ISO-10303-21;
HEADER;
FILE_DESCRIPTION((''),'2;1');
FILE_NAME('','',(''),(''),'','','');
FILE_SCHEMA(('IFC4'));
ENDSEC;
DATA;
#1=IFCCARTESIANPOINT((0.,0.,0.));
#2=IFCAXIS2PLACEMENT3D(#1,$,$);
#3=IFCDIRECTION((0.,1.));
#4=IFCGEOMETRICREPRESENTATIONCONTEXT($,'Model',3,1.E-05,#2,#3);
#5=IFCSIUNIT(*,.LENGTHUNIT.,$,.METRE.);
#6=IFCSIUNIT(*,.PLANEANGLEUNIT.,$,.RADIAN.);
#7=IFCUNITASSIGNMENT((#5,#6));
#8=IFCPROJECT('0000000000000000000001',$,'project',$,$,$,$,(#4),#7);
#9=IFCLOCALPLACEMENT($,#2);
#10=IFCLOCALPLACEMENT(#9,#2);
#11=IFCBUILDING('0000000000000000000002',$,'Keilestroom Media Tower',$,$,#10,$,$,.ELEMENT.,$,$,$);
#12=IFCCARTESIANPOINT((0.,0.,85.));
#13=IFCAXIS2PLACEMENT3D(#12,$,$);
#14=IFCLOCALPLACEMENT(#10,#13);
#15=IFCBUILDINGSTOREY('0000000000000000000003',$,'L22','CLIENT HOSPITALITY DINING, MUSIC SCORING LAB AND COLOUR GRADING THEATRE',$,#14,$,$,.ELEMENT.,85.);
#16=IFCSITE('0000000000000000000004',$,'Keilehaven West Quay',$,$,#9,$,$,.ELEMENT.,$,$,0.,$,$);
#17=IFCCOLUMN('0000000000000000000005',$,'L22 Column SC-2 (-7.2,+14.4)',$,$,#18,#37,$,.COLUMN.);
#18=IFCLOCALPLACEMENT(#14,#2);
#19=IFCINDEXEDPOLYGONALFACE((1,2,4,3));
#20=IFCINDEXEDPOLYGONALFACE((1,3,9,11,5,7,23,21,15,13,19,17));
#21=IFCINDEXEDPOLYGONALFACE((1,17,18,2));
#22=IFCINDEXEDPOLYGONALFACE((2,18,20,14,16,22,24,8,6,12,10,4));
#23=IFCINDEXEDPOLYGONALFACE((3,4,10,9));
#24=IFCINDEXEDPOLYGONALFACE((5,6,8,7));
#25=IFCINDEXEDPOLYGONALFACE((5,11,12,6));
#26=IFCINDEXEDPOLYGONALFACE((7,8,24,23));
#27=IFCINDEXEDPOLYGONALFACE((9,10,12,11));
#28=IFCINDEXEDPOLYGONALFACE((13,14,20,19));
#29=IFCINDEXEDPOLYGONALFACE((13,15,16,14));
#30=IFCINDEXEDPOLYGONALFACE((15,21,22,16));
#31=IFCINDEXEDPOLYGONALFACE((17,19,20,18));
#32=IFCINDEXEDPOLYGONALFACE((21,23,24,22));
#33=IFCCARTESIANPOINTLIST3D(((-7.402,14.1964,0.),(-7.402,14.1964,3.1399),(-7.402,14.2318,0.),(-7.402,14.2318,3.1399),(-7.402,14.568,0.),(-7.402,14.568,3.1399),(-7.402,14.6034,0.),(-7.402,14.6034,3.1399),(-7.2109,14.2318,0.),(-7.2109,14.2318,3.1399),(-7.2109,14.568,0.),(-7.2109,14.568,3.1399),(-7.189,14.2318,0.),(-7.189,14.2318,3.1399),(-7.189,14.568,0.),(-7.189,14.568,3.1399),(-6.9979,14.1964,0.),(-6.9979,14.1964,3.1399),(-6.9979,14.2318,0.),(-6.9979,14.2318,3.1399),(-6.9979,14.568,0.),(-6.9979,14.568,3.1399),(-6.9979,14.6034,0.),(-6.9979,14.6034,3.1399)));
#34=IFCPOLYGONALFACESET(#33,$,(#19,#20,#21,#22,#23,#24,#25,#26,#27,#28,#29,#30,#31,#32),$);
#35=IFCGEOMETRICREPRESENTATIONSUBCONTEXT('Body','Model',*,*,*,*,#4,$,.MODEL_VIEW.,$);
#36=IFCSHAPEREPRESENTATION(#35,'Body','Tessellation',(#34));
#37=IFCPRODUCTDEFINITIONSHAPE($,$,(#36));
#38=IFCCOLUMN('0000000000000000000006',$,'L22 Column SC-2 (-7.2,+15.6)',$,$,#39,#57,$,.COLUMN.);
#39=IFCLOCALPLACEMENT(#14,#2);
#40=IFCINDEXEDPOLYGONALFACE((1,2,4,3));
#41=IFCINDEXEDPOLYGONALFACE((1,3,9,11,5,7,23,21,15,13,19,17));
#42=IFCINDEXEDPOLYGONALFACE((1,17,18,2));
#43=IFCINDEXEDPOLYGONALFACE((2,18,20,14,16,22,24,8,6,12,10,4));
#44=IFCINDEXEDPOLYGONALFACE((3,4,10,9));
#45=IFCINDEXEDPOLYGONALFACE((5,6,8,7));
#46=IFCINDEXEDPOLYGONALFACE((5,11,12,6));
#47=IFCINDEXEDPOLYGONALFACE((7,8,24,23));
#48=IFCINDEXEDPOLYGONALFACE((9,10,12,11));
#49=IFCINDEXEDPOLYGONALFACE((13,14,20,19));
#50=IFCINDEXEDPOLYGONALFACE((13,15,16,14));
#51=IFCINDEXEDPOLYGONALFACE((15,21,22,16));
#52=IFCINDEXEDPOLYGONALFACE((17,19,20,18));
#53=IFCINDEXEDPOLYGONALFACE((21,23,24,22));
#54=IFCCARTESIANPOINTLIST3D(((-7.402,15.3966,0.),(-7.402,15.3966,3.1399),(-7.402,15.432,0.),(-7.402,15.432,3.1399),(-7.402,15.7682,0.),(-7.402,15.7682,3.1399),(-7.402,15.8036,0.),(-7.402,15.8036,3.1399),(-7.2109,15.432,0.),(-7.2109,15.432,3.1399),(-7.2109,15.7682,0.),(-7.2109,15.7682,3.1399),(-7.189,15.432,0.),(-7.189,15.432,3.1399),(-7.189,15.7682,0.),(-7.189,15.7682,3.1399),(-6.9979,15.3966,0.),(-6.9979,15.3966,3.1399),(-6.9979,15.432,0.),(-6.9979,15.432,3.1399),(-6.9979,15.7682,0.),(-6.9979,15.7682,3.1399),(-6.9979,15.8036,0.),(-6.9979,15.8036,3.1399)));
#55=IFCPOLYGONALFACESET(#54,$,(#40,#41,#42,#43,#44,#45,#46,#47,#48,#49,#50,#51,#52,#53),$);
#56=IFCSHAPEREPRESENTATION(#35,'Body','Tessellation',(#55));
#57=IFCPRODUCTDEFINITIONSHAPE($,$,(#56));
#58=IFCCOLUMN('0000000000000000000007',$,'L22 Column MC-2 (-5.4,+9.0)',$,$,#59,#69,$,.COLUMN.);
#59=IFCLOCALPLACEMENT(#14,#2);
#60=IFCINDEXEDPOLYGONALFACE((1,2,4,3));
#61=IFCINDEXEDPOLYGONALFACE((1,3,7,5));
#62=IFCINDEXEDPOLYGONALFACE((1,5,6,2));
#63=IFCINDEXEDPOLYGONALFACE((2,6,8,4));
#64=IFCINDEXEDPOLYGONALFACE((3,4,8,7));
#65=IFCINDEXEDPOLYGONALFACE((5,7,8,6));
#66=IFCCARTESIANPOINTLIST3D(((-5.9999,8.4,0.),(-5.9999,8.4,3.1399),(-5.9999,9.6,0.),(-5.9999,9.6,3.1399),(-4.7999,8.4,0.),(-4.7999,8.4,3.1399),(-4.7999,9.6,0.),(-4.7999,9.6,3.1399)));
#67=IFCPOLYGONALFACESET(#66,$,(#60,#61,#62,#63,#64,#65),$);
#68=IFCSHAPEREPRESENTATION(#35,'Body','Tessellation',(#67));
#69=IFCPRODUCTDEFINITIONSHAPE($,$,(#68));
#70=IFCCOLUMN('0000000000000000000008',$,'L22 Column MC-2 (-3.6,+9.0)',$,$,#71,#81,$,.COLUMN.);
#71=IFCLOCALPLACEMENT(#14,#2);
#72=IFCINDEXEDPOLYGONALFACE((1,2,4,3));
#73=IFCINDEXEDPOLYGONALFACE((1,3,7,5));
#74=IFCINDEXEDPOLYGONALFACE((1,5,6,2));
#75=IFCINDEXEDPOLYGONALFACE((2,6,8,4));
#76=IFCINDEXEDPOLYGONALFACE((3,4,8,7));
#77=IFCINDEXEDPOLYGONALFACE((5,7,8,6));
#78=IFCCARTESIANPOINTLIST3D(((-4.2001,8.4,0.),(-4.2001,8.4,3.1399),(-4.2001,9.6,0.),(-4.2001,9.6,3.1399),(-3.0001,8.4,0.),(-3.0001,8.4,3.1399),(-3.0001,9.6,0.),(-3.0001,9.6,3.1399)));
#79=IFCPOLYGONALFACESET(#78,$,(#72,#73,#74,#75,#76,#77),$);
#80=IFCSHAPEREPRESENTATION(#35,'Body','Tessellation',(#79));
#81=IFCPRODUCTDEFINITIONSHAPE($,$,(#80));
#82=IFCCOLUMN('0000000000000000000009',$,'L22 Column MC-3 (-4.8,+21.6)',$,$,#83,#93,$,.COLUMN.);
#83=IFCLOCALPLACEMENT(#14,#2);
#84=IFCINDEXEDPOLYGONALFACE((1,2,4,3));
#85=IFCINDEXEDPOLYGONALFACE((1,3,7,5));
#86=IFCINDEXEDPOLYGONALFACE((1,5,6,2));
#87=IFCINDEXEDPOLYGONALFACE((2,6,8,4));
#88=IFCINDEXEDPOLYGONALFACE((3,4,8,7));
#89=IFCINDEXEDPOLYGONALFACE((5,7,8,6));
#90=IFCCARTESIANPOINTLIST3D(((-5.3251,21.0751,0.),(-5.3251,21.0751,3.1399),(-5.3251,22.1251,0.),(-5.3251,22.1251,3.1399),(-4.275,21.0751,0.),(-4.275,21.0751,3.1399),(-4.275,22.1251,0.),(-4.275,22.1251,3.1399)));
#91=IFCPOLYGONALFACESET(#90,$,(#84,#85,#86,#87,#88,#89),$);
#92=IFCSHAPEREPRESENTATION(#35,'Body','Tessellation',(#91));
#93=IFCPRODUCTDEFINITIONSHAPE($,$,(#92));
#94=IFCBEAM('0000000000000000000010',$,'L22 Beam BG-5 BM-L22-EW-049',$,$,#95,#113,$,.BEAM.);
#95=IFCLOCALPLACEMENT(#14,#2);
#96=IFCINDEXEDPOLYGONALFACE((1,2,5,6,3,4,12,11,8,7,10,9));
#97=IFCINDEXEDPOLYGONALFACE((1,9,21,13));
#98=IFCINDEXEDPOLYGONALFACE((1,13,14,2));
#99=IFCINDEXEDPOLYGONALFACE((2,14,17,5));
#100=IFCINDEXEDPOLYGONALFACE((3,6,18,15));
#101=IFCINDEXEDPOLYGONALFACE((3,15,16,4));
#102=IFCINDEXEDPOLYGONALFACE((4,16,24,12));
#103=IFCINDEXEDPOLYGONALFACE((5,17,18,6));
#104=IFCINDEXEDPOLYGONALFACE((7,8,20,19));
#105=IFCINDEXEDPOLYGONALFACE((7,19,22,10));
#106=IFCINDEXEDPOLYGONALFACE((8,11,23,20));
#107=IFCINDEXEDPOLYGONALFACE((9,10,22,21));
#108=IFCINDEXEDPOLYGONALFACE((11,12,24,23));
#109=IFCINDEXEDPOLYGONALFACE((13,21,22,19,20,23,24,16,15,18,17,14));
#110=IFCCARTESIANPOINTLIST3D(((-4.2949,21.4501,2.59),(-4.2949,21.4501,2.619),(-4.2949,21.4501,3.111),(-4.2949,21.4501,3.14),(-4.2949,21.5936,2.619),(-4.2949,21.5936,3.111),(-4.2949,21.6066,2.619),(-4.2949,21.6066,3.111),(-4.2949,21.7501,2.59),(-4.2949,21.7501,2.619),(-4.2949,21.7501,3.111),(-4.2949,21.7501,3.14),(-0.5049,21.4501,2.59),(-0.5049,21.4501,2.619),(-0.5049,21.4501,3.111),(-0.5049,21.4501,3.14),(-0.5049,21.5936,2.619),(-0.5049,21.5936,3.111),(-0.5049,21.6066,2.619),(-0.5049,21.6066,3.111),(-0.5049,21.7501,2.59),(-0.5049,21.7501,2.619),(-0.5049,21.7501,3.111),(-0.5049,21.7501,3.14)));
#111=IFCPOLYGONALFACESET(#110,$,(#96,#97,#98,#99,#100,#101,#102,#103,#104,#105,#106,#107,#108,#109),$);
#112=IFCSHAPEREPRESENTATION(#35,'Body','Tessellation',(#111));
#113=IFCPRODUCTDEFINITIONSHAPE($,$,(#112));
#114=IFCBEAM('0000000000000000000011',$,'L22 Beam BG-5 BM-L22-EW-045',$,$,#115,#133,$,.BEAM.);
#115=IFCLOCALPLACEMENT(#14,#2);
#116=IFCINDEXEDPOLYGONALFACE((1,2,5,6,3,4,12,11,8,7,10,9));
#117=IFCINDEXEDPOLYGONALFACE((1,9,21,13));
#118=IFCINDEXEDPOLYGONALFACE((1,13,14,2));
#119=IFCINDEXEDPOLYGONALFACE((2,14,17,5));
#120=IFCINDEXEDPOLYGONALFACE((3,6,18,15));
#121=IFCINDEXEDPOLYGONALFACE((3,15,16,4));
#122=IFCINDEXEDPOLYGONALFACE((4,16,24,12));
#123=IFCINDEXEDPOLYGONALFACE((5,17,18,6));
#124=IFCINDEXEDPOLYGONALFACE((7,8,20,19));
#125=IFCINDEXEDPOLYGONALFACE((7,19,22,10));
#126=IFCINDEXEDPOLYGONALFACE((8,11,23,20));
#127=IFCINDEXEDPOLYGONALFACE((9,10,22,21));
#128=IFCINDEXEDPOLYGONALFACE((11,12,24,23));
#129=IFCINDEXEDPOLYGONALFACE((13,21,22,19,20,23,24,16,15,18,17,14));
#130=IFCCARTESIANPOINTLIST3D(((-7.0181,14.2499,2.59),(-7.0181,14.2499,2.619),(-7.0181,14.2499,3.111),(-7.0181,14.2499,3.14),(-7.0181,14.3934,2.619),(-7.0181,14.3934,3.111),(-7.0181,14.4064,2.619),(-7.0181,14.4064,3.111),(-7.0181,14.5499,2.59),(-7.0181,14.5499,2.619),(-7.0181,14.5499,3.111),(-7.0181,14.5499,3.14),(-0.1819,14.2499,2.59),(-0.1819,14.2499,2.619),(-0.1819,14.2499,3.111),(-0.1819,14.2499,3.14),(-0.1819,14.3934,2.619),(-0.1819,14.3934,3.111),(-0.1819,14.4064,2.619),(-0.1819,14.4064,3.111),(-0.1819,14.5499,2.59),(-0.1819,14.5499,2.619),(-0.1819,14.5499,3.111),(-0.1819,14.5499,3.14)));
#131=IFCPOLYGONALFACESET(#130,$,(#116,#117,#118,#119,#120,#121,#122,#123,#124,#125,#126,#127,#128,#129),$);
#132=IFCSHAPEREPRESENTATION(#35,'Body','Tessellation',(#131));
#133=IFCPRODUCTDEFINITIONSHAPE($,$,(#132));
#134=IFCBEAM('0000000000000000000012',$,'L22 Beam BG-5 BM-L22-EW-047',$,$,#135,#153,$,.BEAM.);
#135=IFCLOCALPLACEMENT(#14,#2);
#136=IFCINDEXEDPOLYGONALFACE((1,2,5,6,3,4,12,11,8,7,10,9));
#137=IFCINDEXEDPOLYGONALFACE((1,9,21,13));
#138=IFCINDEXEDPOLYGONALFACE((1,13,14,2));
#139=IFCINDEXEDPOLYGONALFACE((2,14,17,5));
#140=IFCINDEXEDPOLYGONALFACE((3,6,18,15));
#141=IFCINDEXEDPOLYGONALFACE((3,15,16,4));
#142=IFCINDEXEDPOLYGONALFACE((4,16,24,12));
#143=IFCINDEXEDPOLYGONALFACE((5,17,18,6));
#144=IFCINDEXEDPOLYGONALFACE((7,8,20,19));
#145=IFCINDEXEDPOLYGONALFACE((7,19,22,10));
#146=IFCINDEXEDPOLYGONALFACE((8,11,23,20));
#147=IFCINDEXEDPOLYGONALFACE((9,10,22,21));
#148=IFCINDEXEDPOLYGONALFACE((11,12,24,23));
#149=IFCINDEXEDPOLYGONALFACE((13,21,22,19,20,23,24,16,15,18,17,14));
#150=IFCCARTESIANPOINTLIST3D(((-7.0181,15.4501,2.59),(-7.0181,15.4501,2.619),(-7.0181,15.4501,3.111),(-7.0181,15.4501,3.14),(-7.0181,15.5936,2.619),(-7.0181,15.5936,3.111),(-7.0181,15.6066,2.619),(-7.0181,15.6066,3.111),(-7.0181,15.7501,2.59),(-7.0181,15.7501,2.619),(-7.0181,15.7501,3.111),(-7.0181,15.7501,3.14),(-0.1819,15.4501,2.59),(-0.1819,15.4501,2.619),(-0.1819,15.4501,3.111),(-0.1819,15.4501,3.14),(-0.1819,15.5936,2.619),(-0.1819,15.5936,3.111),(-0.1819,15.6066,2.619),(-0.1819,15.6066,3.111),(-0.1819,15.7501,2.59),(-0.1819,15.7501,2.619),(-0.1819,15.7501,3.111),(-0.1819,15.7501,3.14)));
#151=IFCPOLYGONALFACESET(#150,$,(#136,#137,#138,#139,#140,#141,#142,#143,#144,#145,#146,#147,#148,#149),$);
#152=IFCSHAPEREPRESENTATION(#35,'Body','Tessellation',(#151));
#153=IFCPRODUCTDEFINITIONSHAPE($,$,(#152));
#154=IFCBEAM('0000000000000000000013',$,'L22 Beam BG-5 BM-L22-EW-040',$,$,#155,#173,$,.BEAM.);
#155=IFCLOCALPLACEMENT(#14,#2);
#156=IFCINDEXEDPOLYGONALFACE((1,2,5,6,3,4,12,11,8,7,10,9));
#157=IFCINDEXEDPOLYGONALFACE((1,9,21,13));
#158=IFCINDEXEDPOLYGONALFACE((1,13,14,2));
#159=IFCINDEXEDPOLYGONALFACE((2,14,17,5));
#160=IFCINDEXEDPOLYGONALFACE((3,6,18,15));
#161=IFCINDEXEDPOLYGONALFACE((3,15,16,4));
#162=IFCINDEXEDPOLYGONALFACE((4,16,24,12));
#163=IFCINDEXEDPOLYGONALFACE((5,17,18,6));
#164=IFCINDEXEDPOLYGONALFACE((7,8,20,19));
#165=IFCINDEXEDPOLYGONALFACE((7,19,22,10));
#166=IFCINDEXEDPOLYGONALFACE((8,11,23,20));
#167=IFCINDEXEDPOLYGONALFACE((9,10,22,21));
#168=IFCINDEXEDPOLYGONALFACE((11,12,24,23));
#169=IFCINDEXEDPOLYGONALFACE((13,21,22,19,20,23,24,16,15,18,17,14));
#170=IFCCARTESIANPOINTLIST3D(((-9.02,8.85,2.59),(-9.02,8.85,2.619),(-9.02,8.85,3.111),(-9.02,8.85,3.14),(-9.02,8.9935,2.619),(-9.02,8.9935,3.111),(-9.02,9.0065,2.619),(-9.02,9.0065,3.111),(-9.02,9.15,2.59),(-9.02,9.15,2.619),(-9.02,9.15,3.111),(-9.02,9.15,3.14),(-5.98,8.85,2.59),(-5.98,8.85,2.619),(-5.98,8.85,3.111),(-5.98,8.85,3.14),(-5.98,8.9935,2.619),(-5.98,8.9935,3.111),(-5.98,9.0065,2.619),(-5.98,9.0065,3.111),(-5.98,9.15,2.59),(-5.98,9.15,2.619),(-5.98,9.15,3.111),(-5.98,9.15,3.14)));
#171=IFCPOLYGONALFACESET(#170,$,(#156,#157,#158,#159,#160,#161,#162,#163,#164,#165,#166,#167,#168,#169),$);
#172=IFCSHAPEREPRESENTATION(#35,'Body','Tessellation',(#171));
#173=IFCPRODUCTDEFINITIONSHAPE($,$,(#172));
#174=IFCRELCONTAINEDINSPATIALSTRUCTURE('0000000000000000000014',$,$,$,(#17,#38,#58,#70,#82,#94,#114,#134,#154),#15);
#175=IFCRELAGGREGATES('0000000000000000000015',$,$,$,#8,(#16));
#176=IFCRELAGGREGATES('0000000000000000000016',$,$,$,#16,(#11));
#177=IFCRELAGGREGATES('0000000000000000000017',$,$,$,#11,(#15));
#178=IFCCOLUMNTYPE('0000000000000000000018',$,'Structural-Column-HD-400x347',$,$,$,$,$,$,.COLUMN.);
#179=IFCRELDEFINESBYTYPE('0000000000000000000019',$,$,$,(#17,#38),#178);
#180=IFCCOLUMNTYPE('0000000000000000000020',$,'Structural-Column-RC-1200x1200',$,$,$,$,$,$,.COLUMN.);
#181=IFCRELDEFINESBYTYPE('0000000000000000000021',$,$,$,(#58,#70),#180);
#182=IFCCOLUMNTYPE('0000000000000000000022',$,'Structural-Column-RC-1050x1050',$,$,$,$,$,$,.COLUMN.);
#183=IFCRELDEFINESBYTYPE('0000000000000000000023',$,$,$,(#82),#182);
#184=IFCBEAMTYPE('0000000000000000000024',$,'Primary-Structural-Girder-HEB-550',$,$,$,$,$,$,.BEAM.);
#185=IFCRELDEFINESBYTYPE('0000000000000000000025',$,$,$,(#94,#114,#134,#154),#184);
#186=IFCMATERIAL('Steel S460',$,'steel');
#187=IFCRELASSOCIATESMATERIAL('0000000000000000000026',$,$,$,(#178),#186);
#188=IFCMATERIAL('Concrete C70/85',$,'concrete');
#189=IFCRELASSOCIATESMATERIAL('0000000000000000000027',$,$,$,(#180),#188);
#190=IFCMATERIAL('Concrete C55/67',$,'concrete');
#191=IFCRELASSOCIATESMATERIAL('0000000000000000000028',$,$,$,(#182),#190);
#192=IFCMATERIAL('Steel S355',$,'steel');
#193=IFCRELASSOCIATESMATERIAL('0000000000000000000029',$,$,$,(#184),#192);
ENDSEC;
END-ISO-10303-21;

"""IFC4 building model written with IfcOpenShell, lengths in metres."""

from ifc_helpers import new_model, si_unit, direction, frame, origin, origin_2d, place, context, subcontext, project, spatial, rectangle, i_section, extrude, source, transform, mapped, material, material_profile, profile_set, type_object, element, save


model = new_model("IFC4")

# Units and contexts
model_context = context("Model", 3, precision=1e-05, world=origin(), true_north=direction((0.0, 1.0)))
body_context = subcontext(model_context, "Body", "Model", "MODEL_VIEW")
ifc_project = project(units=[si_unit("LENGTHUNIT", "METRE"), si_unit("PLANEANGLEUNIT", "RADIAN")], contexts=[model_context])

# Site, building, storey
site_placement = place(None, origin())
site = spatial("IfcSite", under=ifc_project, at=site_placement, Name="Keilehaven West Quay", CompositionType="ELEMENT", RefElevation=0.0)
building_placement = place(site_placement, origin())
building = spatial("IfcBuilding", under=site, at=building_placement, Name="Keilestroom Media Tower", CompositionType="ELEMENT")
storey_placement = place(building_placement, frame((0.0, 0.0, 85.0)))
storey = spatial("IfcBuildingStorey", under=building, at=storey_placement, Name="L22", Description="CLIENT HOSPITALITY DINING, MUSIC SCORING LAB AND COLOUR GRADING THEATRE", CompositionType="ELEMENT", Elevation=85.0)

# Columns
ifc_material_1 = material(Name="Steel S460", Category="steel")
ifc_material_profile_1 = material_profile(ifc_material_1, i_section(OverallWidth=0.4041, OverallDepth=0.407, WebThickness=0.022, FlangeThickness=0.0354, at=origin_2d()), Name="HD 400x347")
ifc_profile_set_1 = profile_set([ifc_material_profile_1], Name="Steel S460")
column_type_1 = type_object("IfcColumnType", Name="Structural-Column-HD-400x347", PredefinedType="COLUMN", material=ifc_profile_set_1)
shared_shape_1 = source(origin(), body_context, "Body", "SweptSolid", [
    extrude(i_section(OverallWidth=0.4041, OverallDepth=0.407, WebThickness=0.022, FlangeThickness=0.0354, at=origin_2d()), origin(), (0.0, 0.0, 1.0), 3.1399),
])
for number, where, z_axis, x_axis, name in (
    (1, (-7.2, 14.3999, 0.0), (0.0, 0.0, 1.0), (1.0, 0.0, 0.0), "L22 Column SC-2 (-7.2,+14.4)"),
    (2, (-7.2, 15.6001, 0.0), (0.0, 0.0, 1.0), (1.0, 0.0, 0.0), "L22 Column SC-2 (-7.2,+15.6)"),
):
    element("IfcColumn", number, at=place(storey_placement, frame(where, z_axis=z_axis, x_axis=x_axis)), inside=storey, type_object=column_type_1, Name=name, PredefinedType="COLUMN", context=body_context, shape_type="MappedRepresentation", body=[
        mapped(shared_shape_1, transform((0.0, 0.0, 0.0), x_axis=(1.0, 0.0, 0.0), y_axis=(0.0, 1.0, 0.0), z_axis=(0.0, 0.0, 1.0), scale=1.0)),
    ])
ifc_material_2 = material(Name="Concrete C70/85", Category="concrete")
ifc_material_profile_2 = material_profile(ifc_material_2, rectangle(XDim=1.2, YDim=1.2, at=origin_2d()), Name="RC 1200x1200")
ifc_profile_set_2 = profile_set([ifc_material_profile_2], Name="Concrete C70/85")
column_type_2 = type_object("IfcColumnType", Name="Structural-Column-RC-1200x1200", PredefinedType="COLUMN", material=ifc_profile_set_2)
shared_shape_2 = source(origin(), body_context, "Body", "SweptSolid", [
    extrude(rectangle(XDim=1.2, YDim=1.2, at=origin_2d()), origin(), (0.0, 0.0, 1.0), 3.1399),
])
for number, where, z_axis, x_axis, name in (
    (3, (-5.3999, 9.0, 0.0), (0.0, 0.0, 1.0), (1.0, 0.0, 0.0), "L22 Column MC-2 (-5.4,+9.0)"),
    (4, (-3.6001, 9.0, 0.0), (0.0, 0.0, 1.0), (1.0, 0.0, 0.0), "L22 Column MC-2 (-3.6,+9.0)"),
):
    element("IfcColumn", number, at=place(storey_placement, frame(where, z_axis=z_axis, x_axis=x_axis)), inside=storey, type_object=column_type_2, Name=name, PredefinedType="COLUMN", context=body_context, shape_type="MappedRepresentation", body=[
        mapped(shared_shape_2, transform((0.0, 0.0, 0.0), x_axis=(1.0, 0.0, 0.0), y_axis=(0.0, 1.0, 0.0), z_axis=(0.0, 0.0, 1.0), scale=1.0)),
    ])
ifc_material_3 = material(Name="Concrete C55/67", Category="concrete")
ifc_material_profile_3 = material_profile(ifc_material_3, rectangle(XDim=1.05, YDim=1.05, at=origin_2d()), Name="RC 1050x1050")
ifc_profile_set_3 = profile_set([ifc_material_profile_3], Name="Concrete C55/67")
column_type_3 = type_object("IfcColumnType", Name="Structural-Column-RC-1050x1050", PredefinedType="COLUMN", material=ifc_profile_set_3)
shared_shape_3 = source(origin(), body_context, "Body", "SweptSolid", [
    extrude(rectangle(XDim=1.05, YDim=1.05, at=origin_2d()), origin(), (0.0, 0.0, 1.0), 3.1399),
])
column_placement = place(storey_placement, frame((-4.8, 21.6001, 0.0), z_axis=(0.0, 0.0, 1.0), x_axis=(1.0, 0.0, 0.0)))
element("IfcColumn", 5, at=column_placement, inside=storey, type_object=column_type_3, Name="L22 Column MC-3 (-4.8,+21.6)", PredefinedType="COLUMN", context=body_context, shape_type="MappedRepresentation", body=[
    mapped(shared_shape_3, transform((0.0, 0.0, 0.0), x_axis=(1.0, 0.0, 0.0), y_axis=(0.0, 1.0, 0.0), z_axis=(0.0, 0.0, 1.0), scale=1.0)),
])

# Beams
ifc_material_4 = material(Name="Steel S355", Category="steel")
ifc_material_profile_4 = material_profile(ifc_material_4, i_section(OverallWidth=0.3, OverallDepth=0.55, WebThickness=0.0129, FlangeThickness=0.0291, at=origin_2d()), Name="HEB 550")
ifc_profile_set_4 = profile_set([ifc_material_profile_4], Name="Steel S355")
beam_type = type_object("IfcBeamType", Name="Primary-Structural-Girder-HEB-550", PredefinedType="BEAM", material=ifc_profile_set_4)
shared_shape_4 = source(origin(), body_context, "Body", "SweptSolid", [
    extrude(i_section(OverallWidth=0.3, OverallDepth=0.55, WebThickness=0.0129, FlangeThickness=0.0291, at=origin_2d()), origin(), (0.0, 0.0, 1.0), 3.79),
])
beam_1_placement = place(storey_placement, frame((-4.2949, 21.6001, 2.865), z_axis=(1.0, 0.0, 0.0), x_axis=(0.0, 1.0, 0.0)))
element("IfcBeam", 6, at=beam_1_placement, inside=storey, type_object=beam_type, Name="L22 Beam BG-5 BM-L22-EW-049", PredefinedType="BEAM", context=body_context, shape_type="MappedRepresentation", body=[
    mapped(shared_shape_4, transform((0.0, 0.0, 0.0), x_axis=(1.0, 0.0, 0.0), y_axis=(0.0, 1.0, 0.0), z_axis=(0.0, 0.0, 1.0), scale=1.0)),
])
shared_shape_5 = source(origin(), body_context, "Body", "SweptSolid", [
    extrude(i_section(OverallWidth=0.3, OverallDepth=0.55, WebThickness=0.0129, FlangeThickness=0.0291, at=origin_2d()), origin(), (0.0, 0.0, 1.0), 6.8362),
])
for number, where, z_axis, x_axis, name in (
    (7, (-7.0181, 14.3999, 2.865), (1.0, 0.0, 0.0), (0.0, 1.0, 0.0), "L22 Beam BG-5 BM-L22-EW-045"),
    (8, (-7.0181, 15.6001, 2.865), (1.0, 0.0, 0.0), (0.0, 1.0, 0.0), "L22 Beam BG-5 BM-L22-EW-047"),
):
    element("IfcBeam", number, at=place(storey_placement, frame(where, z_axis=z_axis, x_axis=x_axis)), inside=storey, type_object=beam_type, Name=name, PredefinedType="BEAM", context=body_context, shape_type="MappedRepresentation", body=[
        mapped(shared_shape_5, transform((0.0, 0.0, 0.0), x_axis=(1.0, 0.0, 0.0), y_axis=(0.0, 1.0, 0.0), z_axis=(0.0, 0.0, 1.0), scale=1.0)),
    ])
shared_shape_6 = source(origin(), body_context, "Body", "SweptSolid", [
    extrude(i_section(OverallWidth=0.3, OverallDepth=0.55, WebThickness=0.0129, FlangeThickness=0.0291, at=origin_2d()), origin(), (0.0, 0.0, 1.0), 3.04),
])
beam_2_placement = place(storey_placement, frame((-9.02, 9.0, 2.865), z_axis=(1.0, 0.0, 0.0), x_axis=(0.0, 1.0, 0.0)))
element("IfcBeam", 9, at=beam_2_placement, inside=storey, type_object=beam_type, Name="L22 Beam BG-5 BM-L22-EW-040", PredefinedType="BEAM", context=body_context, shape_type="MappedRepresentation", body=[
    mapped(shared_shape_6, transform((0.0, 0.0, 0.0), x_axis=(1.0, 0.0, 0.0), y_axis=(0.0, 1.0, 0.0), z_axis=(0.0, 0.0, 1.0), scale=1.0)),
])

save(model, "model.ifc")
